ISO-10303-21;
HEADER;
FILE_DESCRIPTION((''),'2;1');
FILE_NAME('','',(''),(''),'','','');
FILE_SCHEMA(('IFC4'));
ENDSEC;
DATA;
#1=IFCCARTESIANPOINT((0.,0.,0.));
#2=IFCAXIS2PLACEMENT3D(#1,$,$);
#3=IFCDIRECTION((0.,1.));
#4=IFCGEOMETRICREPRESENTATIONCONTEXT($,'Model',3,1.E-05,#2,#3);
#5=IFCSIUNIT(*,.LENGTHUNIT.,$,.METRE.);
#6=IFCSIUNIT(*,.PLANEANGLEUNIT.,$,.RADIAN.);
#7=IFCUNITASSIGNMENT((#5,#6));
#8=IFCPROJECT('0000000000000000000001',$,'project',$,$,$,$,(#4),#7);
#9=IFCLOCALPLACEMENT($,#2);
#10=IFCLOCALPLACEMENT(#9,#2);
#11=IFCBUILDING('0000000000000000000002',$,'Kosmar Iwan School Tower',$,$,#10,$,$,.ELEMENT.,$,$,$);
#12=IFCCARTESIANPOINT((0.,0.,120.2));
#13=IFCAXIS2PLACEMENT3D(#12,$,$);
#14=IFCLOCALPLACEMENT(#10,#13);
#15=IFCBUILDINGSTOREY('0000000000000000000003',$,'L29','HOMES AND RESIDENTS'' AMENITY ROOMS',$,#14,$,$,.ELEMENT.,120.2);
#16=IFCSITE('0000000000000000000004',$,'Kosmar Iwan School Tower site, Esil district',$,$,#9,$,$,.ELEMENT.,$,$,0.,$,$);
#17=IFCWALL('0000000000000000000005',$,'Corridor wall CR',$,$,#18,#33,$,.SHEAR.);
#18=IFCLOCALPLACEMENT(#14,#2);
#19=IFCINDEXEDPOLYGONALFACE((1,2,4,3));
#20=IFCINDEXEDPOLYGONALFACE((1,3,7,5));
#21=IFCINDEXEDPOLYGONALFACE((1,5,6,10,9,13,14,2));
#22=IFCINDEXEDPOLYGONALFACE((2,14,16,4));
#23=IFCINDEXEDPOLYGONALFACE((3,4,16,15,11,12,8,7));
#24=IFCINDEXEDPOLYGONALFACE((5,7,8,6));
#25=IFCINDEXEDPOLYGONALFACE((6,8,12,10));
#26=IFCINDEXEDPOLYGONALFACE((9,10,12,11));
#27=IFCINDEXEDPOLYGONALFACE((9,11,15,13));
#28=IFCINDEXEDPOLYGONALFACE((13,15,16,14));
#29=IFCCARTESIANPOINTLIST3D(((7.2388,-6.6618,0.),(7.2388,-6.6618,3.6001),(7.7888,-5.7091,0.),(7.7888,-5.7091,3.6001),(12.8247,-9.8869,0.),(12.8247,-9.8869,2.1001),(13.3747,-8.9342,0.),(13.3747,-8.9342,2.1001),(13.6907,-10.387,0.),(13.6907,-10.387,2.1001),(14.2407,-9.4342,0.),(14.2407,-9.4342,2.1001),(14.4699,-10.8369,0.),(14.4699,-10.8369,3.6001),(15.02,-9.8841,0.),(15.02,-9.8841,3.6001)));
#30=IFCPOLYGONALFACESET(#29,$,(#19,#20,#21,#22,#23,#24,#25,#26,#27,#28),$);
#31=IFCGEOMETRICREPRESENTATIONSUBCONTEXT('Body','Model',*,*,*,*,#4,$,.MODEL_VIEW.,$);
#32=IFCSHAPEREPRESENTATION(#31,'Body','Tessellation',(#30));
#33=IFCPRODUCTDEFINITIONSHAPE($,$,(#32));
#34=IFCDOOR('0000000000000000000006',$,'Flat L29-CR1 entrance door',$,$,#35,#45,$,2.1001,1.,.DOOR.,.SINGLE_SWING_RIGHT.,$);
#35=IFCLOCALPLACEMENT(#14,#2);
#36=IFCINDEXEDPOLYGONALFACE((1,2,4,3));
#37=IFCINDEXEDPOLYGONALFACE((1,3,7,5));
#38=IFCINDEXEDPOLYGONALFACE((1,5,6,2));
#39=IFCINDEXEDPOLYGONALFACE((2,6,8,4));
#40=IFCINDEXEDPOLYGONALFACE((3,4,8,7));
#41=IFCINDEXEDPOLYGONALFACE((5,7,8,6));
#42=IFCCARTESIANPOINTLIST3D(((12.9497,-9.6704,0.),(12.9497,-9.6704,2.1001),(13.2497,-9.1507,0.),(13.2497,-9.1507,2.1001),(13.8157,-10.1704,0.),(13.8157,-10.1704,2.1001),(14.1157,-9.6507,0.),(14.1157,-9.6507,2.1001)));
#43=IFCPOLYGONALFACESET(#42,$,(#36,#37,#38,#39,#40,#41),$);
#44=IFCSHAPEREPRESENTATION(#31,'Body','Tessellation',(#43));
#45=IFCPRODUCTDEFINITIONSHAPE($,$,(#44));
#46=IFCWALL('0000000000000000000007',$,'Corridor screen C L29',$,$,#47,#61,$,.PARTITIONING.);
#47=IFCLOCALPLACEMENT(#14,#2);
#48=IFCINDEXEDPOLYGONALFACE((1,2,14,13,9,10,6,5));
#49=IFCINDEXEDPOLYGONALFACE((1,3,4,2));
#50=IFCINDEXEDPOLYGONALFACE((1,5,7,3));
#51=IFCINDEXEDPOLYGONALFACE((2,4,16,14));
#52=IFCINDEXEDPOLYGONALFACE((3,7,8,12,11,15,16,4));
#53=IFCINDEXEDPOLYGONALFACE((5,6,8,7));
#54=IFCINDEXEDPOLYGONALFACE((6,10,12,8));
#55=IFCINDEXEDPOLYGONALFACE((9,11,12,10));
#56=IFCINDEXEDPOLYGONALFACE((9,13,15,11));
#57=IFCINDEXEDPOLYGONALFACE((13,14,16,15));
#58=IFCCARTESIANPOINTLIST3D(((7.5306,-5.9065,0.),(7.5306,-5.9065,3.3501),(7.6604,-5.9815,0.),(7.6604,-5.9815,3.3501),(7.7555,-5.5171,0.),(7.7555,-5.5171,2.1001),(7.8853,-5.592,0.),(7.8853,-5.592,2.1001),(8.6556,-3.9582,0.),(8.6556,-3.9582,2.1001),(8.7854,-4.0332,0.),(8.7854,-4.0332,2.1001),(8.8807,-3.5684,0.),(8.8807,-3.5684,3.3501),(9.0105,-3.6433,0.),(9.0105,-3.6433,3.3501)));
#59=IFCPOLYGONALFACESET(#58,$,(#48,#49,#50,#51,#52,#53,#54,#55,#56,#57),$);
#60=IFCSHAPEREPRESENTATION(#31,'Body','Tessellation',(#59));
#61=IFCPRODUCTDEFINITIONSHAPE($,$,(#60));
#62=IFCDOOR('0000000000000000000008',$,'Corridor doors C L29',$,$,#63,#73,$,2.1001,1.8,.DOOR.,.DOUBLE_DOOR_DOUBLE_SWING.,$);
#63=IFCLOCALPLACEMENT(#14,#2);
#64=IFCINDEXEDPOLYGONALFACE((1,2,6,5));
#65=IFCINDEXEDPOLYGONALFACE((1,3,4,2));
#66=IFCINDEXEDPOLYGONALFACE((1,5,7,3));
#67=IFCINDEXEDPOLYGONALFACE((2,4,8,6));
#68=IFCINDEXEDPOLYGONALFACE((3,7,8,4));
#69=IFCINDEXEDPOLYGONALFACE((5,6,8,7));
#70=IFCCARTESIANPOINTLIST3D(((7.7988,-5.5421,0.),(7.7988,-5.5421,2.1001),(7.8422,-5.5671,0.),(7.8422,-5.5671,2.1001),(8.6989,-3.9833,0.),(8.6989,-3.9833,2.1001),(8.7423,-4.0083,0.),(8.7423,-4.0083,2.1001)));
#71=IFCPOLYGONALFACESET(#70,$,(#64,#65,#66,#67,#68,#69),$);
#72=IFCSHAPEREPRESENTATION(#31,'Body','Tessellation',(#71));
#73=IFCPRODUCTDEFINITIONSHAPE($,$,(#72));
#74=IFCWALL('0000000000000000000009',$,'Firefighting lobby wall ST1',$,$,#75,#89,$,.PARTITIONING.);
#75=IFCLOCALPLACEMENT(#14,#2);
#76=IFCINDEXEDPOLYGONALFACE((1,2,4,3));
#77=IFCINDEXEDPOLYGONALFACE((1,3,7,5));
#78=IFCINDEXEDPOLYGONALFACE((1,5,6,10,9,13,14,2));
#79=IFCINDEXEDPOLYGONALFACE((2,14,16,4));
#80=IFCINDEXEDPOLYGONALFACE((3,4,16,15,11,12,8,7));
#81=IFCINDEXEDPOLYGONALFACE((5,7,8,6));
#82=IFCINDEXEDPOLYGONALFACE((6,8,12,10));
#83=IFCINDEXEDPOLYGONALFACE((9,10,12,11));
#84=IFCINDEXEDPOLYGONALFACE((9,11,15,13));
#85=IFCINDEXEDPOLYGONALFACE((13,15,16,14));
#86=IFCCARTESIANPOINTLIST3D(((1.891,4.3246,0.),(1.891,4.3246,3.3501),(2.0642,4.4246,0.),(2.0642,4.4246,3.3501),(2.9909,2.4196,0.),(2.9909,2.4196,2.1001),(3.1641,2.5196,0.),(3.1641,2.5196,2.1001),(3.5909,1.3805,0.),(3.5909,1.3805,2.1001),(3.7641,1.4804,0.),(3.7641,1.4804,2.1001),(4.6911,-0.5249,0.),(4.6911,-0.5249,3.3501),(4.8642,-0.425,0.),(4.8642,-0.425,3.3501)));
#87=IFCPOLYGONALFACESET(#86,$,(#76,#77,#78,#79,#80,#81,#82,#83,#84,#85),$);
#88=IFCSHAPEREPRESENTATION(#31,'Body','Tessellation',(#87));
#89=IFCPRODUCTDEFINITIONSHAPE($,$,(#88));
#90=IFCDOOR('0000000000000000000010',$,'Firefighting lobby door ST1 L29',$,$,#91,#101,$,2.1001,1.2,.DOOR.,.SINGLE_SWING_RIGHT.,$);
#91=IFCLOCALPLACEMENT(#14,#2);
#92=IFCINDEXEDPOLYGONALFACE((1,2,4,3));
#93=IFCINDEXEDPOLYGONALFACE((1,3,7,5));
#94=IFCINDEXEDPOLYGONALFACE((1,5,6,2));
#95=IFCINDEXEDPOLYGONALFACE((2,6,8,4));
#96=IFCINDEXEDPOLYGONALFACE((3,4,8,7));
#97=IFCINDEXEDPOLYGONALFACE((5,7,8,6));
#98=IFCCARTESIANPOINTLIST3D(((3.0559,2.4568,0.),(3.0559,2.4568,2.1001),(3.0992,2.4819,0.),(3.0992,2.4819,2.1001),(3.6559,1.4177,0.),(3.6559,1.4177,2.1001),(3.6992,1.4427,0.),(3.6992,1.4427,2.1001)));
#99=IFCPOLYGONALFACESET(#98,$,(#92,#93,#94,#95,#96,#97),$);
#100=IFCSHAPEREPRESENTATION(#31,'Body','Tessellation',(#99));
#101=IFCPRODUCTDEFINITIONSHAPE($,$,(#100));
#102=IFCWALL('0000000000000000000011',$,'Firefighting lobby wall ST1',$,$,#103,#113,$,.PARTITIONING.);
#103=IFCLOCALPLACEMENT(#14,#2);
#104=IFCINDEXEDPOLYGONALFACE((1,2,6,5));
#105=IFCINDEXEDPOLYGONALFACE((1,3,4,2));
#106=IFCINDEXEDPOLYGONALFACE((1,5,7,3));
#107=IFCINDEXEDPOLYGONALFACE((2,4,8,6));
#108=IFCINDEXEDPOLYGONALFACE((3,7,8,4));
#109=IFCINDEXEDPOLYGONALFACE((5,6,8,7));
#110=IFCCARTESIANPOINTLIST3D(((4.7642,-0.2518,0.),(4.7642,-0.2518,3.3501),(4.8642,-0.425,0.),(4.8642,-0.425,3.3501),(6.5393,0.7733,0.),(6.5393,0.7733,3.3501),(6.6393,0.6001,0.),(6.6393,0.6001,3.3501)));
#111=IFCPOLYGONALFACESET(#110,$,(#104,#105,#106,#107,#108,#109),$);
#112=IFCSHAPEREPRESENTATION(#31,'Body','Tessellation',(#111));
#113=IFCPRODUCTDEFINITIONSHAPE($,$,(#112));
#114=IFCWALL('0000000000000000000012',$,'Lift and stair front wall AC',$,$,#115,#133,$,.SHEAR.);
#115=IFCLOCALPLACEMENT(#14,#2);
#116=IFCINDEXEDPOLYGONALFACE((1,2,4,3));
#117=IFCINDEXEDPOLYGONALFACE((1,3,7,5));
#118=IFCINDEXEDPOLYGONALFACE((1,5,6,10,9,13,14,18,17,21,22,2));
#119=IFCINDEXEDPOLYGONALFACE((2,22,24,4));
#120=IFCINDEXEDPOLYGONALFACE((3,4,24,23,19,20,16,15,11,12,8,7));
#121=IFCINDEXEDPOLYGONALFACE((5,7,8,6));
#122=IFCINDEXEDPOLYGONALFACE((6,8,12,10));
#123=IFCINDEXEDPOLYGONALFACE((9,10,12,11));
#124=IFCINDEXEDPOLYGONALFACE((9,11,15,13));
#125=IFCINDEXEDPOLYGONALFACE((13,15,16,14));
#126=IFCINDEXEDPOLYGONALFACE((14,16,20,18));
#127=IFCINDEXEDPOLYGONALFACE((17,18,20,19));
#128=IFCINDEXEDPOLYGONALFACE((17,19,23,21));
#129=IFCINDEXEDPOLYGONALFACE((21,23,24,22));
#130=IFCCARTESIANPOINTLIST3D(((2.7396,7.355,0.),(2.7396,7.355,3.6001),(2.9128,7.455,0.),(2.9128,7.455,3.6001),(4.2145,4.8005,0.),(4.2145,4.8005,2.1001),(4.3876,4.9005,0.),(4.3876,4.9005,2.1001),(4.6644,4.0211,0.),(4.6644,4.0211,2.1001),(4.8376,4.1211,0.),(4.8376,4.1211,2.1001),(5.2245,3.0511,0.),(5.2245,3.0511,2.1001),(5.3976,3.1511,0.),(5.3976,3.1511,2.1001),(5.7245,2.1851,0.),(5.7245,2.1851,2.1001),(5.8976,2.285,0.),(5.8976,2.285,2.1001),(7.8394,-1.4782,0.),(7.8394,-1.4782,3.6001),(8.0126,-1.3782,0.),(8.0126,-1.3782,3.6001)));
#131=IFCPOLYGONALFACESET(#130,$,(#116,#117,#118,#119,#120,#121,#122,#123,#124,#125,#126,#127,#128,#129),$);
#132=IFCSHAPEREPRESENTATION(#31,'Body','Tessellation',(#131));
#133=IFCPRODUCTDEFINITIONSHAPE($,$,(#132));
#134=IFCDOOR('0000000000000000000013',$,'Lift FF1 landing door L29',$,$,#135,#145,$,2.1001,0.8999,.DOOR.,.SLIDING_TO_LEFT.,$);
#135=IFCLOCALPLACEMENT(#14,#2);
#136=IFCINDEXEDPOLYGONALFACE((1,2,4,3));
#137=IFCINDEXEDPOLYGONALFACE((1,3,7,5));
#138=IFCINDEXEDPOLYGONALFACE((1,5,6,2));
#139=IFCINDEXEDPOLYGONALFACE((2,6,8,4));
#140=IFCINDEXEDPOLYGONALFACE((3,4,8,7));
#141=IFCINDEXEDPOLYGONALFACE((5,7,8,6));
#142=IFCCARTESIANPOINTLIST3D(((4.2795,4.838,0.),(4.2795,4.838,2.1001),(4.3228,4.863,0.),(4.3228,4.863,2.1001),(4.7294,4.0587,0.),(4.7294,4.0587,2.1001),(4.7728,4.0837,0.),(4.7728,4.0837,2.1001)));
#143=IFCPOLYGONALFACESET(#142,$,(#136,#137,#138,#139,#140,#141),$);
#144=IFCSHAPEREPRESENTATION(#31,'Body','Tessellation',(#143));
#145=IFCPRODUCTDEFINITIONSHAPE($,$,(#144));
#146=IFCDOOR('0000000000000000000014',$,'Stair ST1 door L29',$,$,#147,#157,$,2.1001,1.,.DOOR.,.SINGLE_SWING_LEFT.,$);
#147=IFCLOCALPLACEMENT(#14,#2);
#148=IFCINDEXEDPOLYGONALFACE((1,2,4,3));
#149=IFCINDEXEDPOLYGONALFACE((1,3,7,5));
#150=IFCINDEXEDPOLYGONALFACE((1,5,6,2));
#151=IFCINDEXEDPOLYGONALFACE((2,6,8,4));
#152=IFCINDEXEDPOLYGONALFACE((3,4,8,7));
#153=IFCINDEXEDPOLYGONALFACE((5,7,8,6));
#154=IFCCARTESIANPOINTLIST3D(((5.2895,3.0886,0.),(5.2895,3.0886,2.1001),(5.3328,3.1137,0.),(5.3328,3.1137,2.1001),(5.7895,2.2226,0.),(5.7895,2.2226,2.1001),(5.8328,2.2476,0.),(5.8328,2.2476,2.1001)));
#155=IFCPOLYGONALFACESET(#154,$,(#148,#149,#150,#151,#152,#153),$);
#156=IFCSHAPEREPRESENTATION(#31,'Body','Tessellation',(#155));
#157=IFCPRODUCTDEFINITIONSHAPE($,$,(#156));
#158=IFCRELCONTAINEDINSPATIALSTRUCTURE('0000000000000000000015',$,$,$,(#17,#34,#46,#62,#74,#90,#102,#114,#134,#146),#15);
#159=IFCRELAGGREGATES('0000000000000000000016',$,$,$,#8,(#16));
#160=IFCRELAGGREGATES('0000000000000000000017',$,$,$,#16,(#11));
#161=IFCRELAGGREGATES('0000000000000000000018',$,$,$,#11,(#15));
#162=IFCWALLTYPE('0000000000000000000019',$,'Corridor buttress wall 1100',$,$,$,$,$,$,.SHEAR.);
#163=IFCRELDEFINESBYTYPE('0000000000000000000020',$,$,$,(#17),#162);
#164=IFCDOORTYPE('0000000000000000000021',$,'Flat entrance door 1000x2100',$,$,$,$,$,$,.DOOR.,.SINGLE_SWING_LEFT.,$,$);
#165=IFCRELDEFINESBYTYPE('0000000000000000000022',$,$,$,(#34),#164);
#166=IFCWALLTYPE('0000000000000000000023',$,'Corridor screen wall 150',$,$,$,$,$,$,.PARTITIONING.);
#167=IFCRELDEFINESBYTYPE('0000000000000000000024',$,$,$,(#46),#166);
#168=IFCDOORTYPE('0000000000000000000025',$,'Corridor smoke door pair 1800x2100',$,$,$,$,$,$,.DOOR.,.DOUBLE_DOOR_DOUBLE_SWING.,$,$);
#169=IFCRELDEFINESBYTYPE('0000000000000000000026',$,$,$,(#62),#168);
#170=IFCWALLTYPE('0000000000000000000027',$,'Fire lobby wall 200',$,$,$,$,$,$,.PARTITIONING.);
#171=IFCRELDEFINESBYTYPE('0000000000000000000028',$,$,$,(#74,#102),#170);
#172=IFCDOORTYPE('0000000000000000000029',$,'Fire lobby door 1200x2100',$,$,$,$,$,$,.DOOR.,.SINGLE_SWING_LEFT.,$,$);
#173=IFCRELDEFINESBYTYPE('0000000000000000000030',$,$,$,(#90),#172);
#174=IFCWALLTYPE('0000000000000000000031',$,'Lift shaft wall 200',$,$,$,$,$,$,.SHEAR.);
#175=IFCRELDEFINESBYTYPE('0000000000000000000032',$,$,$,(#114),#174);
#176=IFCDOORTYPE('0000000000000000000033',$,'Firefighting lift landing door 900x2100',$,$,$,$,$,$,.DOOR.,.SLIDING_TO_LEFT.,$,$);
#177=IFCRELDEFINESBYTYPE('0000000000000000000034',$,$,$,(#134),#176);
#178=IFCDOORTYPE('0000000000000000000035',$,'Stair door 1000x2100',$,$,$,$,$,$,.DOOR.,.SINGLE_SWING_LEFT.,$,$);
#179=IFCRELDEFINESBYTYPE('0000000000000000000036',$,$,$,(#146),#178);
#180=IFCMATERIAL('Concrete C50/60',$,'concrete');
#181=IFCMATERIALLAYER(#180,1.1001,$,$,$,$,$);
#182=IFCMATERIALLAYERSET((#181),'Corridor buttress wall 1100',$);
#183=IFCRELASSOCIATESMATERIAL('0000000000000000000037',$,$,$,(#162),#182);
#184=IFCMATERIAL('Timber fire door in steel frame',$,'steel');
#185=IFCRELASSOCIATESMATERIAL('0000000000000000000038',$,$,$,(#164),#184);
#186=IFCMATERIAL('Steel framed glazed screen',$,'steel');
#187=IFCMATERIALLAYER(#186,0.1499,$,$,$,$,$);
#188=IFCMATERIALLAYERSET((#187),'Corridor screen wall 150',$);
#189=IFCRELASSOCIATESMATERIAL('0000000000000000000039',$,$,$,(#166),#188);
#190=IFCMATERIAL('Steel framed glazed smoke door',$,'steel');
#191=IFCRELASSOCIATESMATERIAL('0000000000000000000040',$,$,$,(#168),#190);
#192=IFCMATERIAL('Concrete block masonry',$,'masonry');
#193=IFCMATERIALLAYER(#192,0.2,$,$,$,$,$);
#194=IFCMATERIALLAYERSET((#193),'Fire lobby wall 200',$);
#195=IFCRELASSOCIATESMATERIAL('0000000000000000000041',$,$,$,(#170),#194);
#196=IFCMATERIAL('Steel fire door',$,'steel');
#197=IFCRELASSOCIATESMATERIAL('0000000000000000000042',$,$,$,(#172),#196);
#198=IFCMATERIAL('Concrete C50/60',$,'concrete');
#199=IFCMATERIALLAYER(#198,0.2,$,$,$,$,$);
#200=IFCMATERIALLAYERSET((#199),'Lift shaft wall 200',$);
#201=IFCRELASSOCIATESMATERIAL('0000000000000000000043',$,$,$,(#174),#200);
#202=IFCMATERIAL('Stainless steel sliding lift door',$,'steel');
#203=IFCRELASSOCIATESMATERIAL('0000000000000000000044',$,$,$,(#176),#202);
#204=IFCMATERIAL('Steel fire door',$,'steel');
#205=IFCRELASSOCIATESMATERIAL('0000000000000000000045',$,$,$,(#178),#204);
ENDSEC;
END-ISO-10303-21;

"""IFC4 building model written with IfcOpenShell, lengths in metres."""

from ifc_helpers import new_model, si_unit, direction, frame, frame_2d, origin, place, context, subcontext, project, spatial, rectangle, extrude, material, layer, layer_set, type_object, element, fill, save


model = new_model("IFC4")

# Units and contexts
model_context = context("Model", 3, precision=1e-05, world=origin(), true_north=direction((0.0, 1.0)))
body_context = subcontext(model_context, "Body", "Model", "MODEL_VIEW")
ifc_project = project(units=[si_unit("LENGTHUNIT", "METRE"), si_unit("PLANEANGLEUNIT", "RADIAN")], contexts=[model_context])

# Site, building, storey
site_placement = place(None, origin())
site = spatial("IfcSite", under=ifc_project, at=site_placement, Name="Kosmar Iwan School Tower site, Esil district", CompositionType="ELEMENT", RefElevation=0.0)
building_placement = place(site_placement, origin())
building = spatial("IfcBuilding", under=site, at=building_placement, Name="Kosmar Iwan School Tower", CompositionType="ELEMENT")
storey_placement = place(building_placement, frame((0.0, 0.0, 120.2)))
storey = spatial("IfcBuildingStorey", under=building, at=storey_placement, Name="L29", Description="HOMES AND RESIDENTS' AMENITY ROOMS", CompositionType="ELEMENT", Elevation=120.2)

# Walls, openings, doors
ifc_material_1 = material(Name="Concrete C50/60", Category="concrete")
ifc_layer_1 = layer(ifc_material_1, 1.1001)
ifc_layer_set_1 = layer_set([ifc_layer_1], Name="Corridor buttress wall 1100")
wall_type_1 = type_object("IfcWallType", Name="Corridor buttress wall 1100", PredefinedType="SHEAR", material=ifc_layer_set_1)
ifc_material_2 = material(Name="Timber fire door in steel frame", Category="steel")
door_type_1 = type_object("IfcDoorType", Name="Flat entrance door 1000x2100", OperationType="SINGLE_SWING_LEFT", PredefinedType="DOOR", material=ifc_material_2)
wall_1_placement = place(storey_placement, frame((7.5139, -6.1855, 0.0), z_axis=(0.0, 0.0, 1.0), x_axis=(0.86602, -0.50001, 0.0)))
wall_1 = element("IfcWall", 1, at=wall_1_placement, inside=storey, type_object=wall_type_1, Name="Corridor wall CR", PredefinedType="SHEAR", context=body_context, shape_type="SweptSolid", body=[
    extrude(rectangle(XDim=8.3499, YDim=1.1001, at=frame_2d((4.1748, 0.0))), origin(), (0.0, 0.0, 1.0), 3.6001),
])
opening_1_placement = place(wall_1_placement, frame((6.45, 0.0, 0.0)))
opening_1 = element("IfcOpeningElement", 2, at=opening_1_placement, cuts=wall_1, PredefinedType="OPENING", context=body_context, shape_type="SweptSolid", body=[
    extrude(rectangle(XDim=1.0, YDim=2.1001, at=frame_2d((0.5, 1.05))), frame((0.0, 0.562, 0.0), z_axis=(0.0, -1.0, 0.0), x_axis=(1.0, 0.0, 0.0)), (0.0, 0.0, 1.0), 1.124),
])
door_1_placement = place(opening_1_placement, origin())
door_1 = element("IfcDoor", 3, at=door_1_placement, inside=storey, type_object=door_type_1, Name="Flat L29-CR1 entrance door", OperationType="SINGLE_SWING_RIGHT", OverallHeight=2.1001, OverallWidth=1.0, PredefinedType="DOOR", context=body_context, shape_type="SweptSolid", body=[
    extrude(rectangle(XDim=1.0, YDim=2.1001, at=frame_2d((0.5, 1.05))), frame((0.0, 0.3, 0.0), z_axis=(0.0, -1.0, 0.0), x_axis=(1.0, 0.0, 0.0)), (0.0, 0.0, 1.0), 0.6001),
])
fill(opening_1, door_1)
ifc_material_3 = material(Name="Steel framed glazed screen", Category="steel")
ifc_layer_2 = layer(ifc_material_3, 0.1499)
ifc_layer_set_2 = layer_set([ifc_layer_2], Name="Corridor screen wall 150")
wall_type_2 = type_object("IfcWallType", Name="Corridor screen wall 150", PredefinedType="PARTITIONING", material=ifc_layer_set_2)
wall_2_placement = place(storey_placement, frame((7.5955, -5.9441, 0.0), z_axis=(0.0, 0.0, 1.0), x_axis=(0.500049, 0.865997, 0.0)))
wall_2 = element("IfcWall", 4, at=wall_2_placement, inside=storey, type_object=wall_type_2, Name="Corridor screen C L29", PredefinedType="PARTITIONING", context=body_context, shape_type="SweptSolid", body=[
    extrude(rectangle(XDim=2.7, YDim=0.1499, at=frame_2d((1.3501, 0.0))), origin(), (0.0, 0.0, 1.0), 3.3501),
])
opening_2_placement = place(wall_2_placement, frame((0.45, 0.0, 0.0)))
opening_2 = element("IfcOpeningElement", 5, at=opening_2_placement, cuts=wall_2, PredefinedType="OPENING", context=body_context, shape_type="SweptSolid", body=[
    extrude(rectangle(XDim=1.8, YDim=2.1001, at=frame_2d((0.8999, 1.05))), frame((0.0, 0.0869, 0.0), z_axis=(0.0, -1.0, 0.0), x_axis=(1.0, 0.0, 0.0)), (0.0, 0.0, 1.0), 0.1738),
])
ifc_material_4 = material(Name="Steel framed glazed smoke door", Category="steel")
door_type_2 = type_object("IfcDoorType", Name="Corridor smoke door pair 1800x2100", OperationType="DOUBLE_DOOR_DOUBLE_SWING", PredefinedType="DOOR", material=ifc_material_4)
door_2_placement = place(opening_2_placement, origin())
door_2 = element("IfcDoor", 6, at=door_2_placement, inside=storey, type_object=door_type_2, Name="Corridor doors C L29", OperationType="DOUBLE_DOOR_DOUBLE_SWING", OverallHeight=2.1001, OverallWidth=1.8, PredefinedType="DOOR", context=body_context, shape_type="SweptSolid", body=[
    extrude(rectangle(XDim=1.8, YDim=2.1001, at=frame_2d((0.8999, 1.05))), frame((0.0, 0.0249, 0.0), z_axis=(0.0, -1.0, 0.0), x_axis=(1.0, 0.0, 0.0)), (0.0, 0.0, 1.0), 0.05),
])
fill(opening_2, door_2)
ifc_material_5 = material(Name="Concrete block masonry", Category="masonry")
ifc_layer_3 = layer(ifc_material_5, 0.2)
ifc_layer_set_3 = layer_set([ifc_layer_3], Name="Fire lobby wall 200")
wall_type_3 = type_object("IfcWallType", Name="Fire lobby wall 200", PredefinedType="PARTITIONING", material=ifc_layer_set_3)
wall_3_placement = place(storey_placement, frame((4.7776, -0.4749, 0.0), z_axis=(0.0, 0.0, 1.0), x_axis=(-0.500017, 0.866016, 0.0)))
wall_3 = element("IfcWall", 7, at=wall_3_placement, inside=storey, type_object=wall_type_3, Name="Firefighting lobby wall ST1", PredefinedType="PARTITIONING", context=body_context, shape_type="SweptSolid", body=[
    extrude(rectangle(XDim=5.5999, YDim=0.2, at=frame_2d((2.7998, 0.0))), origin(), (0.0, 0.0, 1.0), 3.3501),
])
opening_3_placement = place(wall_3_placement, frame((2.2, 0.0, 0.0)))
opening_3 = element("IfcOpeningElement", 8, at=opening_3_placement, cuts=wall_3, PredefinedType="OPENING", context=body_context, shape_type="SweptSolid", body=[
    extrude(rectangle(XDim=1.2, YDim=2.1001, at=frame_2d((0.6001, 1.05))), frame((0.0, 0.1121, 0.0), z_axis=(0.0, -1.0, 0.0), x_axis=(1.0, 0.0, 0.0)), (0.0, 0.0, 1.0), 0.2239),
])
ifc_material_6 = material(Name="Steel fire door", Category="steel")
door_type_3 = type_object("IfcDoorType", Name="Fire lobby door 1200x2100", OperationType="SINGLE_SWING_LEFT", PredefinedType="DOOR", material=ifc_material_6)
door_3_placement = place(opening_3_placement, frame((1.2, 0.0, 0.0), z_axis=(0.0, 0.0, 1.0), x_axis=(-1.0, 0.0, 0.0)))
door_3 = element("IfcDoor", 9, at=door_3_placement, inside=storey, type_object=door_type_3, Name="Firefighting lobby door ST1 L29", OperationType="SINGLE_SWING_RIGHT", OverallHeight=2.1001, OverallWidth=1.2, PredefinedType="DOOR", context=body_context, shape_type="SweptSolid", body=[
    extrude(rectangle(XDim=1.2, YDim=2.1001, at=frame_2d((0.6001, 1.05))), frame((0.0, 0.0249, 0.0), z_axis=(0.0, -1.0, 0.0), x_axis=(1.0, 0.0, 0.0)), (0.0, 0.0, 1.0), 0.05),
])
fill(opening_3, door_3)

# Wall
wall_4_placement = place(storey_placement, frame((4.8142, -0.3384, 0.0), z_axis=(0.0, 0.0, 1.0), x_axis=(0.865969, 0.500097, 0.0)))
element("IfcWall", 10, at=wall_4_placement, inside=storey, type_object=wall_type_3, Name="Firefighting lobby wall ST1", PredefinedType="PARTITIONING", context=body_context, shape_type="SweptSolid", body=[
    extrude(rectangle(XDim=2.0498, YDim=0.2, at=frame_2d((1.0249, 0.0))), origin(), (0.0, 0.0, 1.0), 3.3501),
])

# Wall, openings, doors
ifc_material_7 = material(Name="Concrete C50/60", Category="concrete")
ifc_layer_4 = layer(ifc_material_7, 0.2)
ifc_layer_set_4 = layer_set([ifc_layer_4], Name="Lift shaft wall 200")
wall_type_4 = type_object("IfcWallType", Name="Lift shaft wall 200", PredefinedType="SHEAR", material=ifc_layer_set_4)
wall_5_placement = place(storey_placement, frame((7.926, -1.4282, 0.0), z_axis=(0.0, 0.0, 1.0), x_axis=(-0.499998, 0.866027, 0.0)))
wall_5 = element("IfcWall", 11, at=wall_5_placement, inside=storey, type_object=wall_type_4, Name="Lift and stair front wall AC", PredefinedType="SHEAR", context=body_context, shape_type="SweptSolid", body=[
    extrude(rectangle(XDim=10.1997, YDim=0.2, at=frame_2d((5.0999, 0.0))), origin(), (0.0, 0.0, 1.0), 3.6001),
])
opening_4_placement = place(wall_5_placement, frame((6.3501, 0.0, 0.0)))
opening_4 = element("IfcOpeningElement", 12, at=opening_4_placement, cuts=wall_5, PredefinedType="OPENING", context=body_context, shape_type="SweptSolid", body=[
    extrude(rectangle(XDim=0.8999, YDim=2.1001, at=frame_2d((0.45, 1.05))), frame((0.0, 0.1121, 0.0), z_axis=(0.0, -1.0, 0.0), x_axis=(1.0, 0.0, 0.0)), (0.0, 0.0, 1.0), 0.2239),
])
opening_5_placement = place(wall_5_placement, frame((4.23, 0.0, 0.0)))
opening_5 = element("IfcOpeningElement", 13, at=opening_5_placement, cuts=wall_5, PredefinedType="OPENING", context=body_context, shape_type="SweptSolid", body=[
    extrude(rectangle(XDim=1.0, YDim=2.1001, at=frame_2d((0.5, 1.05))), frame((0.0, 0.1121, 0.0), z_axis=(0.0, -1.0, 0.0), x_axis=(1.0, 0.0, 0.0)), (0.0, 0.0, 1.0), 0.2239),
])
ifc_material_8 = material(Name="Stainless steel sliding lift door", Category="steel")
door_type_4 = type_object("IfcDoorType", Name="Firefighting lift landing door 900x2100", OperationType="SLIDING_TO_LEFT", PredefinedType="DOOR", material=ifc_material_8)
door_4_placement = place(opening_4_placement, origin())
door_4 = element("IfcDoor", 14, at=door_4_placement, inside=storey, type_object=door_type_4, Name="Lift FF1 landing door L29", OperationType="SLIDING_TO_LEFT", OverallHeight=2.1001, OverallWidth=0.8999, PredefinedType="DOOR", context=body_context, shape_type="SweptSolid", body=[
    extrude(rectangle(XDim=0.8999, YDim=2.1001, at=frame_2d((0.45, 1.05))), frame((0.0, 0.0249, 0.0), z_axis=(0.0, -1.0, 0.0), x_axis=(1.0, 0.0, 0.0)), (0.0, 0.0, 1.0), 0.05),
])
fill(opening_4, door_4)
ifc_material_9 = material(Name="Steel fire door", Category="steel")
door_type_5 = type_object("IfcDoorType", Name="Stair door 1000x2100", OperationType="SINGLE_SWING_LEFT", PredefinedType="DOOR", material=ifc_material_9)
door_5_placement = place(opening_5_placement, origin())
door_5 = element("IfcDoor", 15, at=door_5_placement, inside=storey, type_object=door_type_5, Name="Stair ST1 door L29", OperationType="SINGLE_SWING_LEFT", OverallHeight=2.1001, OverallWidth=1.0, PredefinedType="DOOR", context=body_context, shape_type="SweptSolid", body=[
    extrude(rectangle(XDim=1.0, YDim=2.1001, at=frame_2d((0.5, 1.05))), frame((0.0, 0.0249, 0.0), z_axis=(0.0, -1.0, 0.0), x_axis=(1.0, 0.0, 0.0)), (0.0, 0.0, 1.0), 0.05),
])
fill(opening_5, door_5)

save(model, "model.ifc")
